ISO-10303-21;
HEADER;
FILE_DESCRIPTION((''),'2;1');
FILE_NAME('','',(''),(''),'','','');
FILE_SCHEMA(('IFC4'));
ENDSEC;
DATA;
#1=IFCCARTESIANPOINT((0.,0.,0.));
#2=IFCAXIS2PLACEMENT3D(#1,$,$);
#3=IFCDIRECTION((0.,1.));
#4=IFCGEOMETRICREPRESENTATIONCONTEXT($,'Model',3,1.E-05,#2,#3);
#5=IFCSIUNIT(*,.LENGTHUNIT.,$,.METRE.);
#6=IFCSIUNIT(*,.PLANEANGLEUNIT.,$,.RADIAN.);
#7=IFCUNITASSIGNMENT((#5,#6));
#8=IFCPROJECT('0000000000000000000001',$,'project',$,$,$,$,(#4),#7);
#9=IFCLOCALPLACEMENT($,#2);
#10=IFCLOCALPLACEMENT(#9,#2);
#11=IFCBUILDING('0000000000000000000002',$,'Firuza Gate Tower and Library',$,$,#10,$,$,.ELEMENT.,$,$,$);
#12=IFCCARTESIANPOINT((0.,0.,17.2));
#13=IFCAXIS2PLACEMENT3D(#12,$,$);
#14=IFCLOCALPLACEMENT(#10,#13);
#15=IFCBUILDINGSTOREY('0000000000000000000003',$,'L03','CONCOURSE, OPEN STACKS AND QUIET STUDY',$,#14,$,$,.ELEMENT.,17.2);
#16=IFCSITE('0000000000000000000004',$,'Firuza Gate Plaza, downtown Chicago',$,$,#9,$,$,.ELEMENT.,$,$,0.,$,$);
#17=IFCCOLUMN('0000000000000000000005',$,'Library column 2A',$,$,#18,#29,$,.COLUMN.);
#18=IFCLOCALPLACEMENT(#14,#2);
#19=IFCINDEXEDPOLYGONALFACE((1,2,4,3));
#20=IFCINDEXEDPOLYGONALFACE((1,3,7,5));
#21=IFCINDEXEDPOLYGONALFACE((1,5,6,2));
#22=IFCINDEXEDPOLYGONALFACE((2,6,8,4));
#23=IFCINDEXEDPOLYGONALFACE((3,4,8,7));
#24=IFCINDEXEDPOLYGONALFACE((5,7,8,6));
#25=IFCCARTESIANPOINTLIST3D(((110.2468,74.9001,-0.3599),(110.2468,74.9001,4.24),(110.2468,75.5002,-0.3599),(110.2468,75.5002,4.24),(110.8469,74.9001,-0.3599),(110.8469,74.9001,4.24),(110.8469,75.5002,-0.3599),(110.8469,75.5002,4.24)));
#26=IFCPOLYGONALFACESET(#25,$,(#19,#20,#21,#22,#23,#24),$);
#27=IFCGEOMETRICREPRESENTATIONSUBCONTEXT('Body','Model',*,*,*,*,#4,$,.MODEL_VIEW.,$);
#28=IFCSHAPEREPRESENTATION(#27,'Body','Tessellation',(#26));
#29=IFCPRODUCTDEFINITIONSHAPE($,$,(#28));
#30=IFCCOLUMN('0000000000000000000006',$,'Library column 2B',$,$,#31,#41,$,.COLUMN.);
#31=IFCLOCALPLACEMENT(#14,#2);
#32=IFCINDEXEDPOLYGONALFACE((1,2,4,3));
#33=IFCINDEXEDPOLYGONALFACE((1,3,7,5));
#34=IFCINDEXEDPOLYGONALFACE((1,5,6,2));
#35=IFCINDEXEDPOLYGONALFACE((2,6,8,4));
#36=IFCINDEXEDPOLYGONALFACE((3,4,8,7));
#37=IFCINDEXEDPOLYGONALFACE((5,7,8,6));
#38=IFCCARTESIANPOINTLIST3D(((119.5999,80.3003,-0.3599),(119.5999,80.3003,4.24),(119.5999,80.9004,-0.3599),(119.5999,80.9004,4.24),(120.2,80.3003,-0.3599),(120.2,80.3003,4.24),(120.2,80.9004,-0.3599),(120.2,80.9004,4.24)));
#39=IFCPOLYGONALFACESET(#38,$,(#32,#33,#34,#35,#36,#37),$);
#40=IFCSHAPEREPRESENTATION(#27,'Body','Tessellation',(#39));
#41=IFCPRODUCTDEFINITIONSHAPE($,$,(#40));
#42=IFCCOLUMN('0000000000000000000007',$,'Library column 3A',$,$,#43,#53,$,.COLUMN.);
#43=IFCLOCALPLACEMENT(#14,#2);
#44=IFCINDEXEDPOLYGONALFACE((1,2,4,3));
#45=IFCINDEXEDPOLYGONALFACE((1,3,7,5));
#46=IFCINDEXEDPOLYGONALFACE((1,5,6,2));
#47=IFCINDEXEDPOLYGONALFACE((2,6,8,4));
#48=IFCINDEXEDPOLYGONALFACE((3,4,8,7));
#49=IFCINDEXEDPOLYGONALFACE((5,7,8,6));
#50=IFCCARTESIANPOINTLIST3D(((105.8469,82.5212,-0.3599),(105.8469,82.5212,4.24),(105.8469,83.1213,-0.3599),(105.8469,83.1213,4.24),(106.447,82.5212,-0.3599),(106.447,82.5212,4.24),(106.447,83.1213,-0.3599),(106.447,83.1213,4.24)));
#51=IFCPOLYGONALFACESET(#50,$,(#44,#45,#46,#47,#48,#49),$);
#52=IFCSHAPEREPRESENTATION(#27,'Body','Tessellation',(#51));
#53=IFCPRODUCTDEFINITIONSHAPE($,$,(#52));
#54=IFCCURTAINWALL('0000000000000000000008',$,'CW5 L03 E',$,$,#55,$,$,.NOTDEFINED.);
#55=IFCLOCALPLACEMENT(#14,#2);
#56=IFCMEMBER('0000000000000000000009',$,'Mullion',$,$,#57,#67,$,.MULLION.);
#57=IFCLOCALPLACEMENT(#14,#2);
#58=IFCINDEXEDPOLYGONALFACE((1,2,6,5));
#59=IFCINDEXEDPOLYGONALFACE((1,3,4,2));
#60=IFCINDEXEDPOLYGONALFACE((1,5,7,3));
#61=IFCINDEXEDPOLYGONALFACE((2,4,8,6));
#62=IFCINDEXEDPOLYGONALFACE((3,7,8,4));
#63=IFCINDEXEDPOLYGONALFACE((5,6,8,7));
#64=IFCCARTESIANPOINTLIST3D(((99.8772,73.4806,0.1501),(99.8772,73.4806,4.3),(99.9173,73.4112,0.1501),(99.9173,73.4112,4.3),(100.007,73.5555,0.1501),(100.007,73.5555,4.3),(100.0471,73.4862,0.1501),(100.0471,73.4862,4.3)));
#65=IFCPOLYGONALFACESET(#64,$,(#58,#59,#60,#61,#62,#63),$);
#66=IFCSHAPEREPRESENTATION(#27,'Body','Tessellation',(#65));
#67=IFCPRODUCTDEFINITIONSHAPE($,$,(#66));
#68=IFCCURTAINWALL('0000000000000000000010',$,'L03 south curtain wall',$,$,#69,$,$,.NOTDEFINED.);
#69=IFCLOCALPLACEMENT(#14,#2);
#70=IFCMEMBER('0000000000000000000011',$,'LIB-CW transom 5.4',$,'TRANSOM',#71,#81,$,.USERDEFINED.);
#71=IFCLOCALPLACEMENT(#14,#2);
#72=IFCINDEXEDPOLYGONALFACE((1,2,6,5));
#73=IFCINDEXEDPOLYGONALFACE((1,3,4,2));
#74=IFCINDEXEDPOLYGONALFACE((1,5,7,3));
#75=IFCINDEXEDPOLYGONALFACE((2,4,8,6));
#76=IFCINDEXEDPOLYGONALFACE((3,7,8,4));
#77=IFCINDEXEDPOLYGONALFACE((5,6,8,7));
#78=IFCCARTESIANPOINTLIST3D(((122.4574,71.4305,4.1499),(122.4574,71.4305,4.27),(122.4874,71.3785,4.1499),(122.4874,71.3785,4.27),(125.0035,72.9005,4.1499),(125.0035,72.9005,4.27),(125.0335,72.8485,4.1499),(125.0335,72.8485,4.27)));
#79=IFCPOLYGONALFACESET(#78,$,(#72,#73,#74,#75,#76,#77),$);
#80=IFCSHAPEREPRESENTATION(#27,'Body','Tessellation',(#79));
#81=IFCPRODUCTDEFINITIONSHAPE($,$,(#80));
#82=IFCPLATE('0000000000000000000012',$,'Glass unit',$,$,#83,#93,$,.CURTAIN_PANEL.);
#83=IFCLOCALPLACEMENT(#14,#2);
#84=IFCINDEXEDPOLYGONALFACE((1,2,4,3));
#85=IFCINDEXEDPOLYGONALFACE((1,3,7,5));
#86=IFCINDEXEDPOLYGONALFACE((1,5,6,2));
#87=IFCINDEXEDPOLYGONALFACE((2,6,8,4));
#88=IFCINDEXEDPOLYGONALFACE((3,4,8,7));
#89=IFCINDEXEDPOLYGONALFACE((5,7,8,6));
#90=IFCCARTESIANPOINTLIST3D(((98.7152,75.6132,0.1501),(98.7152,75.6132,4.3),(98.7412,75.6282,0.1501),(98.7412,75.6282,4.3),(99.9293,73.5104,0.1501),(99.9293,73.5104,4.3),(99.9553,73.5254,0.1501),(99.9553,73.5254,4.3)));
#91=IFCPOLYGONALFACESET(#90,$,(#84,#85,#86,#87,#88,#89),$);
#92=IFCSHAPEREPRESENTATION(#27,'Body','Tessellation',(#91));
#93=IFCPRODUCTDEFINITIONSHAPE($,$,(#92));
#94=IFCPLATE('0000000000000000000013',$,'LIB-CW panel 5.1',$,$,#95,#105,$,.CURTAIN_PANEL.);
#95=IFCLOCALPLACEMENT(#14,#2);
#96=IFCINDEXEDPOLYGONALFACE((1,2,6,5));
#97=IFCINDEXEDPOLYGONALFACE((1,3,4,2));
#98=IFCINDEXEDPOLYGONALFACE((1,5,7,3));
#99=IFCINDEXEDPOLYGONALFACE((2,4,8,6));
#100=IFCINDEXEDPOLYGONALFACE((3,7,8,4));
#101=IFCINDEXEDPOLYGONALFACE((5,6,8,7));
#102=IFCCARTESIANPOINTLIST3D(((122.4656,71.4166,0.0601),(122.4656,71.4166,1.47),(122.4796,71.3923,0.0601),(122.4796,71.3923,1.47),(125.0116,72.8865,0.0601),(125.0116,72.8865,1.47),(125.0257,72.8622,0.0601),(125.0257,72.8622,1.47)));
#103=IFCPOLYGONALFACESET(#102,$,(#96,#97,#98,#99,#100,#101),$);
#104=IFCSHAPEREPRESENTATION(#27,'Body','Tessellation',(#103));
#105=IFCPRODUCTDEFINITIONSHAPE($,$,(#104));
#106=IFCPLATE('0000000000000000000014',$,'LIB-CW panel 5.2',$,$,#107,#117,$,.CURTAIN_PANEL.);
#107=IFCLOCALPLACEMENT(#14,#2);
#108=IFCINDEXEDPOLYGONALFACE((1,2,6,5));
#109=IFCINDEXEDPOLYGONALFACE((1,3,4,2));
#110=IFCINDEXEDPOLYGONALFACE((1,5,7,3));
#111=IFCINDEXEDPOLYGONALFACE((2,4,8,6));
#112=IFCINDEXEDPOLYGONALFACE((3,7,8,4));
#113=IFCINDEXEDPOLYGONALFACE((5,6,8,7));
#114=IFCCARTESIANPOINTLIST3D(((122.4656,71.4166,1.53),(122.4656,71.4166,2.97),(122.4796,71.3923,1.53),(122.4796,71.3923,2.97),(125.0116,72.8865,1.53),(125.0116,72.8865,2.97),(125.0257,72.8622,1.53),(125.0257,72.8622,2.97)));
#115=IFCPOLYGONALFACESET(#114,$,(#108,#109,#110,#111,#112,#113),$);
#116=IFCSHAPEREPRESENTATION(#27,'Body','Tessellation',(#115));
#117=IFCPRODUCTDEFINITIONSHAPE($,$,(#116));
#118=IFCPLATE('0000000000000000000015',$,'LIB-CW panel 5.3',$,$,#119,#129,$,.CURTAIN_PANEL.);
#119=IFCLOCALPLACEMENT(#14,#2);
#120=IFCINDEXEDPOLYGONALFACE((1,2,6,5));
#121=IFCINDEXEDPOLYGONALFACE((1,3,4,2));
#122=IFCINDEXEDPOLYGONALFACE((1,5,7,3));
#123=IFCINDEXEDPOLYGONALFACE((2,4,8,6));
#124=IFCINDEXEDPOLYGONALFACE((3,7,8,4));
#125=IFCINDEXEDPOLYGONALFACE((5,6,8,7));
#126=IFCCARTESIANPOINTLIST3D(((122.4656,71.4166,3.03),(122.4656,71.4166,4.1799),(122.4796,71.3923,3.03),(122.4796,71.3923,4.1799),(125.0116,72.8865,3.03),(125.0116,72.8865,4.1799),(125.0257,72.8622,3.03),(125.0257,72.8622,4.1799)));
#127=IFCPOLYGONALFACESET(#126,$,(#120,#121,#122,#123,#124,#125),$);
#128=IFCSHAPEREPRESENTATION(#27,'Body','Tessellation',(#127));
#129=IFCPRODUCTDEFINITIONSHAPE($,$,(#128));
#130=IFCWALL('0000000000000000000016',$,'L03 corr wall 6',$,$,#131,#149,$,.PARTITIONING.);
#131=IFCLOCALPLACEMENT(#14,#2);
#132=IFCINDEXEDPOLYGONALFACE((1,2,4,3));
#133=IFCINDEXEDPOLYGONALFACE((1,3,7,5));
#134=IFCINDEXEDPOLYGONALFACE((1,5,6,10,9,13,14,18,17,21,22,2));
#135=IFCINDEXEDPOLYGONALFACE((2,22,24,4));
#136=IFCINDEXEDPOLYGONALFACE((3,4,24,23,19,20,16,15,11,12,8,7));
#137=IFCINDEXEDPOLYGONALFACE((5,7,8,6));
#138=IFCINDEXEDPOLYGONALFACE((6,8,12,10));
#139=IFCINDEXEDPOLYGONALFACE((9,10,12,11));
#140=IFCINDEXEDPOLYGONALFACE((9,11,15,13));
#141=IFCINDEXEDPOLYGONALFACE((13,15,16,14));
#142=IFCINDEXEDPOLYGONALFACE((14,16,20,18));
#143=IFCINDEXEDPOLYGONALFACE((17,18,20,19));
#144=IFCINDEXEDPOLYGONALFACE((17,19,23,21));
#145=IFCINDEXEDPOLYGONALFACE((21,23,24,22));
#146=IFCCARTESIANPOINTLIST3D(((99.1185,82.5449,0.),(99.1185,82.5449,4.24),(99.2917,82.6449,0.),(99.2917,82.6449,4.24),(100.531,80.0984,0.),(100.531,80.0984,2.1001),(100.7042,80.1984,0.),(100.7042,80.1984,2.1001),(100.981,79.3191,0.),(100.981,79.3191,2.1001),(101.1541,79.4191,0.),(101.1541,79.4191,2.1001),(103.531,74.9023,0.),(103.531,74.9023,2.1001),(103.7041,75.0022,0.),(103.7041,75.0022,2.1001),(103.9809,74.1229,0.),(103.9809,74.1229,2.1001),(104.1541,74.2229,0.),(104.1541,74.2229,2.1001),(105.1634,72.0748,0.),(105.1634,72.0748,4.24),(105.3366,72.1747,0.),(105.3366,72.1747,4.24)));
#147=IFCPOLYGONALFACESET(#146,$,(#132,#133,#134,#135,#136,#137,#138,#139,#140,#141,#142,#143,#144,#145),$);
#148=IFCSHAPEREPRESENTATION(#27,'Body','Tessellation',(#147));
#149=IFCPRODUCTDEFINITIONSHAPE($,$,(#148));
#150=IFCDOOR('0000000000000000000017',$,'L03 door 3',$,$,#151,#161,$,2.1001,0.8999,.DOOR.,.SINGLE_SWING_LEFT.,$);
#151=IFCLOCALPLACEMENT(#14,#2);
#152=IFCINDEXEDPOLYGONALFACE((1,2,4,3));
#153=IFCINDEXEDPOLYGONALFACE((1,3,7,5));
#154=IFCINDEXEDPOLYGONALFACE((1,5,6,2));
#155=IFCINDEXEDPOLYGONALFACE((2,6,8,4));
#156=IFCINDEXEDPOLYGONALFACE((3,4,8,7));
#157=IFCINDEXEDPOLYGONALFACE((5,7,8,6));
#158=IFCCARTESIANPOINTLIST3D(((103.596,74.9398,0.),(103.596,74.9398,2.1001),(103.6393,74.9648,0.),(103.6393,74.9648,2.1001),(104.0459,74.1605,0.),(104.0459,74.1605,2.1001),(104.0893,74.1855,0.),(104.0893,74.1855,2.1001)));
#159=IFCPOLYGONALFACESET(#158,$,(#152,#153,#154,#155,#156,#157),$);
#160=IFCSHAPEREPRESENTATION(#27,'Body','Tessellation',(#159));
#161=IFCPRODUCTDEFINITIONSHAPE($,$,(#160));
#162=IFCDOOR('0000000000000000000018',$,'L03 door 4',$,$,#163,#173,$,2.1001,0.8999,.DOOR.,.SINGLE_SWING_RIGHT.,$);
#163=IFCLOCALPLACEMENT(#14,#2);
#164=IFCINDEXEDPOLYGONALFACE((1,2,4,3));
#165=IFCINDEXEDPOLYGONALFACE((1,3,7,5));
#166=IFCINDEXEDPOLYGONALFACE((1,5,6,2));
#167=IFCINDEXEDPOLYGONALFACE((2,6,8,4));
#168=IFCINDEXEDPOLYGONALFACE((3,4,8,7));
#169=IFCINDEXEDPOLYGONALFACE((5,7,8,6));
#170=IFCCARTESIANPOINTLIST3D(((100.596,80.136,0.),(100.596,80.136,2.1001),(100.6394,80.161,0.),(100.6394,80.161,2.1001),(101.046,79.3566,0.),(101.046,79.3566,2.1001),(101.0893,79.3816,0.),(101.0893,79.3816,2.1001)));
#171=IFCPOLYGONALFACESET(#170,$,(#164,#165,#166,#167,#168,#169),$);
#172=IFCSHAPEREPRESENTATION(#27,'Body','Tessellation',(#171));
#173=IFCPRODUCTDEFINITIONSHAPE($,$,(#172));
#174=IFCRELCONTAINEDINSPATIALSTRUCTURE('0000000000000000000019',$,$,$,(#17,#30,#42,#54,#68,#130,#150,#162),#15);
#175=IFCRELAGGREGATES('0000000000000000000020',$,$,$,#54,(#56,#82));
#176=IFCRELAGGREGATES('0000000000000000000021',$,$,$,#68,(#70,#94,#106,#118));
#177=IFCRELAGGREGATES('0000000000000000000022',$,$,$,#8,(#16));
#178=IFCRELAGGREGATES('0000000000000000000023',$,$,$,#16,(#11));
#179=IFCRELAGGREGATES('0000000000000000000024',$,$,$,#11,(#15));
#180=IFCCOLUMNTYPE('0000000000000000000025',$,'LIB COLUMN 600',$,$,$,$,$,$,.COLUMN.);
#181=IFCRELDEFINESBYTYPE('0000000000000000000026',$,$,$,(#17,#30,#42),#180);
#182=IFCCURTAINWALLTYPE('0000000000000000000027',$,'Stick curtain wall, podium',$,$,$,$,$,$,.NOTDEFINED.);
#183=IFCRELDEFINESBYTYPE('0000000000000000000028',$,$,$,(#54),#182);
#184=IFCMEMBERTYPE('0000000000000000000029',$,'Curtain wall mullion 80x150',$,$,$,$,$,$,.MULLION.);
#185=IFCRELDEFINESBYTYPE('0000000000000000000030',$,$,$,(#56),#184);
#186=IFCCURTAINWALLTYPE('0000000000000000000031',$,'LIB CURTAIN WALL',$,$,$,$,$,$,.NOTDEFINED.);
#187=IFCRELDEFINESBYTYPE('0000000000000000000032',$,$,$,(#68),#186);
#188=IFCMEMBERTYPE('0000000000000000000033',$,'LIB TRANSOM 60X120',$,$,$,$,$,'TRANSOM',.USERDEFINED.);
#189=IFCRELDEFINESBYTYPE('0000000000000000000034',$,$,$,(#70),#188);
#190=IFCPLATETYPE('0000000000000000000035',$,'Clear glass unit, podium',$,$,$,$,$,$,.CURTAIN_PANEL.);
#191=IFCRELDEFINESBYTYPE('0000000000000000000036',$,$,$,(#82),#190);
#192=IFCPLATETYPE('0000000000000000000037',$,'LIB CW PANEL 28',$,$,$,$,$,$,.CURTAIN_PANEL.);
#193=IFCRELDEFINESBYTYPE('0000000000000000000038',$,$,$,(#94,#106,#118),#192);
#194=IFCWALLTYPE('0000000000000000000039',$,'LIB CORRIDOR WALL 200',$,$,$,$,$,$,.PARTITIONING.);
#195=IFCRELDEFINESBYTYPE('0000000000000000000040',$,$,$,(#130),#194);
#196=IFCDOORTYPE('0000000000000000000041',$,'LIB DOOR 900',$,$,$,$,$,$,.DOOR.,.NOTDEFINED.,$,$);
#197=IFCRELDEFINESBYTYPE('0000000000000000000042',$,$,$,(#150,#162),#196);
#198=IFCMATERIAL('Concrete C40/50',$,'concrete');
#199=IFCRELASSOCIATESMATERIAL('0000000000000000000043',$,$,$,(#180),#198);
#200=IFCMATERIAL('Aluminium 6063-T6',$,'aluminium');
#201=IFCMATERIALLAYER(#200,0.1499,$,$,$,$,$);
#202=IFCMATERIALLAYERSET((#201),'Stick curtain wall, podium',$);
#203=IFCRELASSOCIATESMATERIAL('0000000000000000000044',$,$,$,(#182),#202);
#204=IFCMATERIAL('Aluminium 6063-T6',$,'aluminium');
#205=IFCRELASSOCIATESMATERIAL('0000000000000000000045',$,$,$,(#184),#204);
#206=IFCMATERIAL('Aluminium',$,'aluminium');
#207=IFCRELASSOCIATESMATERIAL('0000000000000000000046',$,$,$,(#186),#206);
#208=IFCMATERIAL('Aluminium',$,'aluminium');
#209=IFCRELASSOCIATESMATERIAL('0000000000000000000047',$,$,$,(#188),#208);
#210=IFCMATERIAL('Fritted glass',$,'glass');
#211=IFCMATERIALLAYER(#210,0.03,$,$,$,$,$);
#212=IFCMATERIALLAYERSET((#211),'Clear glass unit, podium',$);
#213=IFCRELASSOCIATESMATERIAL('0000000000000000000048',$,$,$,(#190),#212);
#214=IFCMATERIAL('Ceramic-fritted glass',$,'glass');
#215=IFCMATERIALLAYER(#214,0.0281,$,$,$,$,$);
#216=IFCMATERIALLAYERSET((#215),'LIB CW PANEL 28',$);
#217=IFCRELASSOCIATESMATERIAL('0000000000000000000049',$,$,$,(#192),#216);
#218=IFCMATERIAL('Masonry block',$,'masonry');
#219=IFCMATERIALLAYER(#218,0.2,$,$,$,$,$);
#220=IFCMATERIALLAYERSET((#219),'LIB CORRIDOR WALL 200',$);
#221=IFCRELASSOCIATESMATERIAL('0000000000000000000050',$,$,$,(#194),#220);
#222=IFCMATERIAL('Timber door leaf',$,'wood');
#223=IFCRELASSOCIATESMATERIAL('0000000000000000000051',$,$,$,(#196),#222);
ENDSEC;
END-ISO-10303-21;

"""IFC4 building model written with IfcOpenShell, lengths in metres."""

from ifc_helpers import new_model, si_unit, direction, frame, frame_2d, origin, origin_2d, place, context, subcontext, project, spatial, polyline, rectangle, outline, extrude, material, layer, layer_set, material_profile, profile_set, type_object, element, fill, aggregate, save


model = new_model("IFC4")

# Units and contexts
model_context = context("Model", 3, precision=1e-05, world=origin(), true_north=direction((0.0, 1.0)))
body_context = subcontext(model_context, "Body", "Model", "MODEL_VIEW")
ifc_project = project(units=[si_unit("LENGTHUNIT", "METRE"), si_unit("PLANEANGLEUNIT", "RADIAN")], contexts=[model_context])

# Site, building, storey
site_placement = place(None, origin())
site = spatial("IfcSite", under=ifc_project, at=site_placement, Name="Firuza Gate Plaza, downtown Chicago", CompositionType="ELEMENT", RefElevation=0.0)
building_placement = place(site_placement, origin())
building = spatial("IfcBuilding", under=site, at=building_placement, Name="Firuza Gate Tower and Library", CompositionType="ELEMENT")
storey_placement = place(building_placement, frame((0.0, 0.0, 17.2)))
storey = spatial("IfcBuildingStorey", under=building, at=storey_placement, Name="L03", Description="CONCOURSE, OPEN STACKS AND QUIET STUDY", CompositionType="ELEMENT", Elevation=17.2)

# Columns
ifc_material_1 = material(Name="Concrete C40/50", Category="concrete")
ifc_material_profile_1 = material_profile(ifc_material_1, rectangle(XDim=0.6001, YDim=0.6001, at=origin_2d()))
ifc_profile_set_1 = profile_set([ifc_material_profile_1], Name="Concrete C40/50")
column_type = type_object("IfcColumnType", Name="LIB COLUMN 600", PredefinedType="COLUMN", material=ifc_profile_set_1)
for number, where, z_axis, x_axis, name in (
    (1, (110.5469, 75.2002, -0.3599), (0.0, 0.0, 1.0), (1.0, 0.0, 0.0), "Library column 2A"),
    (2, (119.8999, 80.6003, -0.3599), (0.0, 0.0, 1.0), (1.0, 0.0, 0.0), "Library column 2B"),
    (3, (106.147, 82.8213, -0.3599), (0.0, 0.0, 1.0), (1.0, 0.0, 0.0), "Library column 3A"),
):
    element("IfcColumn", number, at=place(storey_placement, frame(where, z_axis=z_axis, x_axis=x_axis)), inside=storey, type_object=column_type, Name=name, PredefinedType="COLUMN", context=body_context, shape_type="SweptSolid", body=[
        extrude(rectangle(XDim=0.6001, YDim=0.6001, at=origin_2d()), origin(), (0.0, 0.0, 1.0), 4.5999),
    ])

# Curtain walls, members
ifc_material_2 = material(Name="Aluminium 6063-T6", Category="aluminium")
ifc_layer_1 = layer(ifc_material_2, 0.1499)
ifc_layer_set_1 = layer_set([ifc_layer_1], Name="Stick curtain wall, podium")
curtain_wall_type_1 = type_object("IfcCurtainWallType", Name="Stick curtain wall, podium", PredefinedType="NOTDEFINED", material=ifc_layer_set_1)
placement = place(storey_placement, origin())
curtain_wall_1 = element("IfcCurtainWall", 4, at=placement, inside=storey, type_object=curtain_wall_type_1, Name="CW5 L03 E", PredefinedType="NOTDEFINED")
ifc_material_3 = material(Name="Aluminium 6063-T6", Category="aluminium")
ifc_material_profile_2 = material_profile(ifc_material_3, rectangle(XDim=0.1499, YDim=0.0801, at=origin_2d()))
ifc_profile_set_2 = profile_set([ifc_material_profile_2], Name="Aluminium 6063-T6")
member_type_1 = type_object("IfcMemberType", Name="Curtain wall mullion 80x150", PredefinedType="MULLION", material=ifc_profile_set_2)
member_1_placement = place(storey_placement, frame((99.9622, 73.4834, 0.1501), z_axis=(0.0, 0.0, 1.0), x_axis=(-0.866025, -0.5, 0.0)))
member_1 = element("IfcMember", 5, at=member_1_placement, type_object=member_type_1, Name="Mullion", PredefinedType="MULLION", context=body_context, shape_type="SweptSolid", body=[
    extrude(rectangle(XDim=0.1499, YDim=0.0801, at=origin_2d()), origin(), (0.0, 0.0, 1.0), 4.1499),
])
ifc_material_4 = material(Name="Aluminium", Category="aluminium")
curtain_wall_type_2 = type_object("IfcCurtainWallType", Name="LIB CURTAIN WALL", PredefinedType="NOTDEFINED", material=ifc_material_4)
curtain_wall_2 = element("IfcCurtainWall", 6, at=placement, inside=storey, type_object=curtain_wall_type_2, Name="L03 south curtain wall", PredefinedType="NOTDEFINED")
ifc_material_5 = material(Name="Aluminium", Category="aluminium")
ifc_material_profile_3 = material_profile(ifc_material_5, rectangle(XDim=0.0601, YDim=0.1201, at=origin_2d()))
ifc_profile_set_3 = profile_set([ifc_material_profile_3], Name="Aluminium")
member_type_2 = type_object("IfcMemberType", Name="LIB TRANSOM 60X120", ElementType="TRANSOM", PredefinedType="USERDEFINED", material=ifc_profile_set_3)
member_2_placement = place(storey_placement, frame((122.4724, 71.4045, 4.21), z_axis=(0.866032, 0.499988, 0.0), x_axis=(-0.499988, 0.866032, 0.0)))
member_2 = element("IfcMember", 7, at=member_2_placement, type_object=member_type_2, Name="LIB-CW transom 5.4", ObjectType="TRANSOM", PredefinedType="USERDEFINED", context=body_context, shape_type="SweptSolid", body=[
    extrude(rectangle(XDim=0.0601, YDim=0.1201, at=origin_2d()), origin(), (0.0, 0.0, 1.0), 2.9399),
])

# Plates
ifc_material_6 = material(Name="Fritted glass", Category="glass")
ifc_layer_2 = layer(ifc_material_6, 0.03)
ifc_layer_set_2 = layer_set([ifc_layer_2], Name="Clear glass unit, podium")
plate_type_1 = type_object("IfcPlateType", Name="Clear glass unit, podium", PredefinedType="CURTAIN_PANEL", material=ifc_layer_set_2)
plate_1_placement = place(storey_placement, frame((99.9553, 73.5254, 0.1501), z_axis=(0.866013, 0.500021, 0.0), x_axis=(-0.500021, 0.866013, 0.0)))
plate_1 = element("IfcPlate", 8, at=plate_1_placement, type_object=plate_type_1, Name="Glass unit", PredefinedType="CURTAIN_PANEL", context=body_context, shape_type="SweptSolid", body=[
    extrude(outline(polyline([(0.0, 0.0), (2.4281, 0.0), (2.4281, 4.1499), (0.0, 4.1499), (0.0, 0.0)])), origin(), (0.0, 0.0, -1.0), 0.03),
])
aggregate(curtain_wall_1, [member_1, plate_1])
ifc_material_7 = material(Name="Ceramic-fritted glass", Category="glass")
ifc_layer_3 = layer(ifc_material_7, 0.0281)
ifc_layer_set_3 = layer_set([ifc_layer_3], Name="LIB CW PANEL 28")
plate_type_2 = type_object("IfcPlateType", Name="LIB CW PANEL 28", PredefinedType="CURTAIN_PANEL", material=ifc_layer_set_3)
plate_2_placement = place(storey_placement, frame((123.7456, 72.1394, 0.0601), z_axis=(0.0, 0.0, 1.0), x_axis=(0.866025, 0.500001, 0.0)))
plate_2 = element("IfcPlate", 9, at=plate_2_placement, type_object=plate_type_2, Name="LIB-CW panel 5.1", PredefinedType="CURTAIN_PANEL", context=body_context, shape_type="SweptSolid", body=[
    extrude(rectangle(XDim=2.9399, YDim=0.0281, at=origin_2d()), origin(), (0.0, 0.0, 1.0), 1.4099),
])
plate_3_placement = place(storey_placement, frame((123.7456, 72.1394, 1.53), z_axis=(0.0, 0.0, 1.0), x_axis=(0.866025, 0.500001, 0.0)))
plate_3 = element("IfcPlate", 10, at=plate_3_placement, type_object=plate_type_2, Name="LIB-CW panel 5.2", PredefinedType="CURTAIN_PANEL", context=body_context, shape_type="SweptSolid", body=[
    extrude(rectangle(XDim=2.9399, YDim=0.0281, at=origin_2d()), origin(), (0.0, 0.0, 1.0), 1.4399),
])
plate_4_placement = place(storey_placement, frame((123.7456, 72.1394, 3.03), z_axis=(0.0, 0.0, 1.0), x_axis=(0.866025, 0.500001, 0.0)))
plate_4 = element("IfcPlate", 11, at=plate_4_placement, type_object=plate_type_2, Name="LIB-CW panel 5.3", PredefinedType="CURTAIN_PANEL", context=body_context, shape_type="SweptSolid", body=[
    extrude(rectangle(XDim=2.9399, YDim=0.0281, at=origin_2d()), origin(), (0.0, 0.0, 1.0), 1.1499),
])
aggregate(curtain_wall_2, [member_2, plate_2, plate_3, plate_4])

# Wall, openings, doors
ifc_material_8 = material(Name="Masonry block", Category="masonry")
ifc_layer_4 = layer(ifc_material_8, 0.2)
ifc_layer_set_4 = layer_set([ifc_layer_4], Name="LIB CORRIDOR WALL 200")
wall_type_1 = type_object("IfcWallType", Name="LIB CORRIDOR WALL 200", PredefinedType="PARTITIONING", material=ifc_layer_set_4)
wall_1_placement = place(storey_placement, frame((105.25, 72.1248, 0.0), z_axis=(0.0, 0.0, 1.0), x_axis=(-0.499996, 0.866028, 0.0)))
wall_1 = element("IfcWall", 12, at=wall_1_placement, inside=storey, type_object=wall_type_1, Name="L03 corr wall 6", PredefinedType="PARTITIONING", context=body_context, shape_type="SweptSolid", body=[
    extrude(rectangle(XDim=12.0898, YDim=0.2, at=frame_2d((6.0449, 0.0))), origin(), (0.0, 0.0, 1.0), 4.24),
])
opening_1_placement = place(wall_1_placement, frame((2.365, 0.0, 0.0)))
opening_1 = element("IfcOpeningElement", 13, at=opening_1_placement, cuts=wall_1, PredefinedType="OPENING", context=body_context, shape_type="SweptSolid", body=[
    extrude(rectangle(XDim=0.8999, YDim=2.1001, at=frame_2d((0.45, 1.05))), frame((0.0, 0.1099, 0.0), z_axis=(0.0, -1.0, 0.0), x_axis=(1.0, 0.0, 0.0)), (0.0, 0.0, 1.0), 0.22),
])
opening_2_placement = place(wall_1_placement, frame((8.365, 0.0, 0.0)))
opening_2 = element("IfcOpeningElement", 14, at=opening_2_placement, cuts=wall_1, PredefinedType="OPENING", context=body_context, shape_type="SweptSolid", body=[
    extrude(rectangle(XDim=0.8999, YDim=2.1001, at=frame_2d((0.45, 1.05))), frame((0.0, 0.1099, 0.0), z_axis=(0.0, -1.0, 0.0), x_axis=(1.0, 0.0, 0.0)), (0.0, 0.0, 1.0), 0.22),
])
ifc_material_9 = material(Name="Timber door leaf", Category="wood")
door_type_1 = type_object("IfcDoorType", Name="LIB DOOR 900", OperationType="NOTDEFINED", PredefinedType="DOOR", material=ifc_material_9)
door_1_placement = place(opening_1_placement, origin())
door_1 = element("IfcDoor", 15, at=door_1_placement, inside=storey, type_object=door_type_1, Name="L03 door 3", OperationType="SINGLE_SWING_LEFT", OverallHeight=2.1001, OverallWidth=0.8999, PredefinedType="DOOR", context=body_context, shape_type="SweptSolid", body=[
    extrude(rectangle(XDim=0.8999, YDim=2.1001, at=frame_2d((0.45, 1.05))), frame((0.0, 0.0249, 0.0), z_axis=(0.0, -1.0, 0.0), x_axis=(1.0, 0.0, 0.0)), (0.0, 0.0, 1.0), 0.05),
])
fill(opening_1, door_1)
door_2_placement = place(opening_2_placement, origin())
door_2 = element("IfcDoor", 16, at=door_2_placement, inside=storey, type_object=door_type_1, Name="L03 door 4", OperationType="SINGLE_SWING_RIGHT", OverallHeight=2.1001, OverallWidth=0.8999, PredefinedType="DOOR", context=body_context, shape_type="SweptSolid", body=[
    extrude(rectangle(XDim=0.8999, YDim=2.1001, at=frame_2d((0.45, 1.05))), frame((0.0, 0.0249, 0.0), z_axis=(0.0, -1.0, 0.0), x_axis=(1.0, 0.0, 0.0)), (0.0, 0.0, 1.0), 0.05),
])
fill(opening_2, door_2)

save(model, "model.ifc")
